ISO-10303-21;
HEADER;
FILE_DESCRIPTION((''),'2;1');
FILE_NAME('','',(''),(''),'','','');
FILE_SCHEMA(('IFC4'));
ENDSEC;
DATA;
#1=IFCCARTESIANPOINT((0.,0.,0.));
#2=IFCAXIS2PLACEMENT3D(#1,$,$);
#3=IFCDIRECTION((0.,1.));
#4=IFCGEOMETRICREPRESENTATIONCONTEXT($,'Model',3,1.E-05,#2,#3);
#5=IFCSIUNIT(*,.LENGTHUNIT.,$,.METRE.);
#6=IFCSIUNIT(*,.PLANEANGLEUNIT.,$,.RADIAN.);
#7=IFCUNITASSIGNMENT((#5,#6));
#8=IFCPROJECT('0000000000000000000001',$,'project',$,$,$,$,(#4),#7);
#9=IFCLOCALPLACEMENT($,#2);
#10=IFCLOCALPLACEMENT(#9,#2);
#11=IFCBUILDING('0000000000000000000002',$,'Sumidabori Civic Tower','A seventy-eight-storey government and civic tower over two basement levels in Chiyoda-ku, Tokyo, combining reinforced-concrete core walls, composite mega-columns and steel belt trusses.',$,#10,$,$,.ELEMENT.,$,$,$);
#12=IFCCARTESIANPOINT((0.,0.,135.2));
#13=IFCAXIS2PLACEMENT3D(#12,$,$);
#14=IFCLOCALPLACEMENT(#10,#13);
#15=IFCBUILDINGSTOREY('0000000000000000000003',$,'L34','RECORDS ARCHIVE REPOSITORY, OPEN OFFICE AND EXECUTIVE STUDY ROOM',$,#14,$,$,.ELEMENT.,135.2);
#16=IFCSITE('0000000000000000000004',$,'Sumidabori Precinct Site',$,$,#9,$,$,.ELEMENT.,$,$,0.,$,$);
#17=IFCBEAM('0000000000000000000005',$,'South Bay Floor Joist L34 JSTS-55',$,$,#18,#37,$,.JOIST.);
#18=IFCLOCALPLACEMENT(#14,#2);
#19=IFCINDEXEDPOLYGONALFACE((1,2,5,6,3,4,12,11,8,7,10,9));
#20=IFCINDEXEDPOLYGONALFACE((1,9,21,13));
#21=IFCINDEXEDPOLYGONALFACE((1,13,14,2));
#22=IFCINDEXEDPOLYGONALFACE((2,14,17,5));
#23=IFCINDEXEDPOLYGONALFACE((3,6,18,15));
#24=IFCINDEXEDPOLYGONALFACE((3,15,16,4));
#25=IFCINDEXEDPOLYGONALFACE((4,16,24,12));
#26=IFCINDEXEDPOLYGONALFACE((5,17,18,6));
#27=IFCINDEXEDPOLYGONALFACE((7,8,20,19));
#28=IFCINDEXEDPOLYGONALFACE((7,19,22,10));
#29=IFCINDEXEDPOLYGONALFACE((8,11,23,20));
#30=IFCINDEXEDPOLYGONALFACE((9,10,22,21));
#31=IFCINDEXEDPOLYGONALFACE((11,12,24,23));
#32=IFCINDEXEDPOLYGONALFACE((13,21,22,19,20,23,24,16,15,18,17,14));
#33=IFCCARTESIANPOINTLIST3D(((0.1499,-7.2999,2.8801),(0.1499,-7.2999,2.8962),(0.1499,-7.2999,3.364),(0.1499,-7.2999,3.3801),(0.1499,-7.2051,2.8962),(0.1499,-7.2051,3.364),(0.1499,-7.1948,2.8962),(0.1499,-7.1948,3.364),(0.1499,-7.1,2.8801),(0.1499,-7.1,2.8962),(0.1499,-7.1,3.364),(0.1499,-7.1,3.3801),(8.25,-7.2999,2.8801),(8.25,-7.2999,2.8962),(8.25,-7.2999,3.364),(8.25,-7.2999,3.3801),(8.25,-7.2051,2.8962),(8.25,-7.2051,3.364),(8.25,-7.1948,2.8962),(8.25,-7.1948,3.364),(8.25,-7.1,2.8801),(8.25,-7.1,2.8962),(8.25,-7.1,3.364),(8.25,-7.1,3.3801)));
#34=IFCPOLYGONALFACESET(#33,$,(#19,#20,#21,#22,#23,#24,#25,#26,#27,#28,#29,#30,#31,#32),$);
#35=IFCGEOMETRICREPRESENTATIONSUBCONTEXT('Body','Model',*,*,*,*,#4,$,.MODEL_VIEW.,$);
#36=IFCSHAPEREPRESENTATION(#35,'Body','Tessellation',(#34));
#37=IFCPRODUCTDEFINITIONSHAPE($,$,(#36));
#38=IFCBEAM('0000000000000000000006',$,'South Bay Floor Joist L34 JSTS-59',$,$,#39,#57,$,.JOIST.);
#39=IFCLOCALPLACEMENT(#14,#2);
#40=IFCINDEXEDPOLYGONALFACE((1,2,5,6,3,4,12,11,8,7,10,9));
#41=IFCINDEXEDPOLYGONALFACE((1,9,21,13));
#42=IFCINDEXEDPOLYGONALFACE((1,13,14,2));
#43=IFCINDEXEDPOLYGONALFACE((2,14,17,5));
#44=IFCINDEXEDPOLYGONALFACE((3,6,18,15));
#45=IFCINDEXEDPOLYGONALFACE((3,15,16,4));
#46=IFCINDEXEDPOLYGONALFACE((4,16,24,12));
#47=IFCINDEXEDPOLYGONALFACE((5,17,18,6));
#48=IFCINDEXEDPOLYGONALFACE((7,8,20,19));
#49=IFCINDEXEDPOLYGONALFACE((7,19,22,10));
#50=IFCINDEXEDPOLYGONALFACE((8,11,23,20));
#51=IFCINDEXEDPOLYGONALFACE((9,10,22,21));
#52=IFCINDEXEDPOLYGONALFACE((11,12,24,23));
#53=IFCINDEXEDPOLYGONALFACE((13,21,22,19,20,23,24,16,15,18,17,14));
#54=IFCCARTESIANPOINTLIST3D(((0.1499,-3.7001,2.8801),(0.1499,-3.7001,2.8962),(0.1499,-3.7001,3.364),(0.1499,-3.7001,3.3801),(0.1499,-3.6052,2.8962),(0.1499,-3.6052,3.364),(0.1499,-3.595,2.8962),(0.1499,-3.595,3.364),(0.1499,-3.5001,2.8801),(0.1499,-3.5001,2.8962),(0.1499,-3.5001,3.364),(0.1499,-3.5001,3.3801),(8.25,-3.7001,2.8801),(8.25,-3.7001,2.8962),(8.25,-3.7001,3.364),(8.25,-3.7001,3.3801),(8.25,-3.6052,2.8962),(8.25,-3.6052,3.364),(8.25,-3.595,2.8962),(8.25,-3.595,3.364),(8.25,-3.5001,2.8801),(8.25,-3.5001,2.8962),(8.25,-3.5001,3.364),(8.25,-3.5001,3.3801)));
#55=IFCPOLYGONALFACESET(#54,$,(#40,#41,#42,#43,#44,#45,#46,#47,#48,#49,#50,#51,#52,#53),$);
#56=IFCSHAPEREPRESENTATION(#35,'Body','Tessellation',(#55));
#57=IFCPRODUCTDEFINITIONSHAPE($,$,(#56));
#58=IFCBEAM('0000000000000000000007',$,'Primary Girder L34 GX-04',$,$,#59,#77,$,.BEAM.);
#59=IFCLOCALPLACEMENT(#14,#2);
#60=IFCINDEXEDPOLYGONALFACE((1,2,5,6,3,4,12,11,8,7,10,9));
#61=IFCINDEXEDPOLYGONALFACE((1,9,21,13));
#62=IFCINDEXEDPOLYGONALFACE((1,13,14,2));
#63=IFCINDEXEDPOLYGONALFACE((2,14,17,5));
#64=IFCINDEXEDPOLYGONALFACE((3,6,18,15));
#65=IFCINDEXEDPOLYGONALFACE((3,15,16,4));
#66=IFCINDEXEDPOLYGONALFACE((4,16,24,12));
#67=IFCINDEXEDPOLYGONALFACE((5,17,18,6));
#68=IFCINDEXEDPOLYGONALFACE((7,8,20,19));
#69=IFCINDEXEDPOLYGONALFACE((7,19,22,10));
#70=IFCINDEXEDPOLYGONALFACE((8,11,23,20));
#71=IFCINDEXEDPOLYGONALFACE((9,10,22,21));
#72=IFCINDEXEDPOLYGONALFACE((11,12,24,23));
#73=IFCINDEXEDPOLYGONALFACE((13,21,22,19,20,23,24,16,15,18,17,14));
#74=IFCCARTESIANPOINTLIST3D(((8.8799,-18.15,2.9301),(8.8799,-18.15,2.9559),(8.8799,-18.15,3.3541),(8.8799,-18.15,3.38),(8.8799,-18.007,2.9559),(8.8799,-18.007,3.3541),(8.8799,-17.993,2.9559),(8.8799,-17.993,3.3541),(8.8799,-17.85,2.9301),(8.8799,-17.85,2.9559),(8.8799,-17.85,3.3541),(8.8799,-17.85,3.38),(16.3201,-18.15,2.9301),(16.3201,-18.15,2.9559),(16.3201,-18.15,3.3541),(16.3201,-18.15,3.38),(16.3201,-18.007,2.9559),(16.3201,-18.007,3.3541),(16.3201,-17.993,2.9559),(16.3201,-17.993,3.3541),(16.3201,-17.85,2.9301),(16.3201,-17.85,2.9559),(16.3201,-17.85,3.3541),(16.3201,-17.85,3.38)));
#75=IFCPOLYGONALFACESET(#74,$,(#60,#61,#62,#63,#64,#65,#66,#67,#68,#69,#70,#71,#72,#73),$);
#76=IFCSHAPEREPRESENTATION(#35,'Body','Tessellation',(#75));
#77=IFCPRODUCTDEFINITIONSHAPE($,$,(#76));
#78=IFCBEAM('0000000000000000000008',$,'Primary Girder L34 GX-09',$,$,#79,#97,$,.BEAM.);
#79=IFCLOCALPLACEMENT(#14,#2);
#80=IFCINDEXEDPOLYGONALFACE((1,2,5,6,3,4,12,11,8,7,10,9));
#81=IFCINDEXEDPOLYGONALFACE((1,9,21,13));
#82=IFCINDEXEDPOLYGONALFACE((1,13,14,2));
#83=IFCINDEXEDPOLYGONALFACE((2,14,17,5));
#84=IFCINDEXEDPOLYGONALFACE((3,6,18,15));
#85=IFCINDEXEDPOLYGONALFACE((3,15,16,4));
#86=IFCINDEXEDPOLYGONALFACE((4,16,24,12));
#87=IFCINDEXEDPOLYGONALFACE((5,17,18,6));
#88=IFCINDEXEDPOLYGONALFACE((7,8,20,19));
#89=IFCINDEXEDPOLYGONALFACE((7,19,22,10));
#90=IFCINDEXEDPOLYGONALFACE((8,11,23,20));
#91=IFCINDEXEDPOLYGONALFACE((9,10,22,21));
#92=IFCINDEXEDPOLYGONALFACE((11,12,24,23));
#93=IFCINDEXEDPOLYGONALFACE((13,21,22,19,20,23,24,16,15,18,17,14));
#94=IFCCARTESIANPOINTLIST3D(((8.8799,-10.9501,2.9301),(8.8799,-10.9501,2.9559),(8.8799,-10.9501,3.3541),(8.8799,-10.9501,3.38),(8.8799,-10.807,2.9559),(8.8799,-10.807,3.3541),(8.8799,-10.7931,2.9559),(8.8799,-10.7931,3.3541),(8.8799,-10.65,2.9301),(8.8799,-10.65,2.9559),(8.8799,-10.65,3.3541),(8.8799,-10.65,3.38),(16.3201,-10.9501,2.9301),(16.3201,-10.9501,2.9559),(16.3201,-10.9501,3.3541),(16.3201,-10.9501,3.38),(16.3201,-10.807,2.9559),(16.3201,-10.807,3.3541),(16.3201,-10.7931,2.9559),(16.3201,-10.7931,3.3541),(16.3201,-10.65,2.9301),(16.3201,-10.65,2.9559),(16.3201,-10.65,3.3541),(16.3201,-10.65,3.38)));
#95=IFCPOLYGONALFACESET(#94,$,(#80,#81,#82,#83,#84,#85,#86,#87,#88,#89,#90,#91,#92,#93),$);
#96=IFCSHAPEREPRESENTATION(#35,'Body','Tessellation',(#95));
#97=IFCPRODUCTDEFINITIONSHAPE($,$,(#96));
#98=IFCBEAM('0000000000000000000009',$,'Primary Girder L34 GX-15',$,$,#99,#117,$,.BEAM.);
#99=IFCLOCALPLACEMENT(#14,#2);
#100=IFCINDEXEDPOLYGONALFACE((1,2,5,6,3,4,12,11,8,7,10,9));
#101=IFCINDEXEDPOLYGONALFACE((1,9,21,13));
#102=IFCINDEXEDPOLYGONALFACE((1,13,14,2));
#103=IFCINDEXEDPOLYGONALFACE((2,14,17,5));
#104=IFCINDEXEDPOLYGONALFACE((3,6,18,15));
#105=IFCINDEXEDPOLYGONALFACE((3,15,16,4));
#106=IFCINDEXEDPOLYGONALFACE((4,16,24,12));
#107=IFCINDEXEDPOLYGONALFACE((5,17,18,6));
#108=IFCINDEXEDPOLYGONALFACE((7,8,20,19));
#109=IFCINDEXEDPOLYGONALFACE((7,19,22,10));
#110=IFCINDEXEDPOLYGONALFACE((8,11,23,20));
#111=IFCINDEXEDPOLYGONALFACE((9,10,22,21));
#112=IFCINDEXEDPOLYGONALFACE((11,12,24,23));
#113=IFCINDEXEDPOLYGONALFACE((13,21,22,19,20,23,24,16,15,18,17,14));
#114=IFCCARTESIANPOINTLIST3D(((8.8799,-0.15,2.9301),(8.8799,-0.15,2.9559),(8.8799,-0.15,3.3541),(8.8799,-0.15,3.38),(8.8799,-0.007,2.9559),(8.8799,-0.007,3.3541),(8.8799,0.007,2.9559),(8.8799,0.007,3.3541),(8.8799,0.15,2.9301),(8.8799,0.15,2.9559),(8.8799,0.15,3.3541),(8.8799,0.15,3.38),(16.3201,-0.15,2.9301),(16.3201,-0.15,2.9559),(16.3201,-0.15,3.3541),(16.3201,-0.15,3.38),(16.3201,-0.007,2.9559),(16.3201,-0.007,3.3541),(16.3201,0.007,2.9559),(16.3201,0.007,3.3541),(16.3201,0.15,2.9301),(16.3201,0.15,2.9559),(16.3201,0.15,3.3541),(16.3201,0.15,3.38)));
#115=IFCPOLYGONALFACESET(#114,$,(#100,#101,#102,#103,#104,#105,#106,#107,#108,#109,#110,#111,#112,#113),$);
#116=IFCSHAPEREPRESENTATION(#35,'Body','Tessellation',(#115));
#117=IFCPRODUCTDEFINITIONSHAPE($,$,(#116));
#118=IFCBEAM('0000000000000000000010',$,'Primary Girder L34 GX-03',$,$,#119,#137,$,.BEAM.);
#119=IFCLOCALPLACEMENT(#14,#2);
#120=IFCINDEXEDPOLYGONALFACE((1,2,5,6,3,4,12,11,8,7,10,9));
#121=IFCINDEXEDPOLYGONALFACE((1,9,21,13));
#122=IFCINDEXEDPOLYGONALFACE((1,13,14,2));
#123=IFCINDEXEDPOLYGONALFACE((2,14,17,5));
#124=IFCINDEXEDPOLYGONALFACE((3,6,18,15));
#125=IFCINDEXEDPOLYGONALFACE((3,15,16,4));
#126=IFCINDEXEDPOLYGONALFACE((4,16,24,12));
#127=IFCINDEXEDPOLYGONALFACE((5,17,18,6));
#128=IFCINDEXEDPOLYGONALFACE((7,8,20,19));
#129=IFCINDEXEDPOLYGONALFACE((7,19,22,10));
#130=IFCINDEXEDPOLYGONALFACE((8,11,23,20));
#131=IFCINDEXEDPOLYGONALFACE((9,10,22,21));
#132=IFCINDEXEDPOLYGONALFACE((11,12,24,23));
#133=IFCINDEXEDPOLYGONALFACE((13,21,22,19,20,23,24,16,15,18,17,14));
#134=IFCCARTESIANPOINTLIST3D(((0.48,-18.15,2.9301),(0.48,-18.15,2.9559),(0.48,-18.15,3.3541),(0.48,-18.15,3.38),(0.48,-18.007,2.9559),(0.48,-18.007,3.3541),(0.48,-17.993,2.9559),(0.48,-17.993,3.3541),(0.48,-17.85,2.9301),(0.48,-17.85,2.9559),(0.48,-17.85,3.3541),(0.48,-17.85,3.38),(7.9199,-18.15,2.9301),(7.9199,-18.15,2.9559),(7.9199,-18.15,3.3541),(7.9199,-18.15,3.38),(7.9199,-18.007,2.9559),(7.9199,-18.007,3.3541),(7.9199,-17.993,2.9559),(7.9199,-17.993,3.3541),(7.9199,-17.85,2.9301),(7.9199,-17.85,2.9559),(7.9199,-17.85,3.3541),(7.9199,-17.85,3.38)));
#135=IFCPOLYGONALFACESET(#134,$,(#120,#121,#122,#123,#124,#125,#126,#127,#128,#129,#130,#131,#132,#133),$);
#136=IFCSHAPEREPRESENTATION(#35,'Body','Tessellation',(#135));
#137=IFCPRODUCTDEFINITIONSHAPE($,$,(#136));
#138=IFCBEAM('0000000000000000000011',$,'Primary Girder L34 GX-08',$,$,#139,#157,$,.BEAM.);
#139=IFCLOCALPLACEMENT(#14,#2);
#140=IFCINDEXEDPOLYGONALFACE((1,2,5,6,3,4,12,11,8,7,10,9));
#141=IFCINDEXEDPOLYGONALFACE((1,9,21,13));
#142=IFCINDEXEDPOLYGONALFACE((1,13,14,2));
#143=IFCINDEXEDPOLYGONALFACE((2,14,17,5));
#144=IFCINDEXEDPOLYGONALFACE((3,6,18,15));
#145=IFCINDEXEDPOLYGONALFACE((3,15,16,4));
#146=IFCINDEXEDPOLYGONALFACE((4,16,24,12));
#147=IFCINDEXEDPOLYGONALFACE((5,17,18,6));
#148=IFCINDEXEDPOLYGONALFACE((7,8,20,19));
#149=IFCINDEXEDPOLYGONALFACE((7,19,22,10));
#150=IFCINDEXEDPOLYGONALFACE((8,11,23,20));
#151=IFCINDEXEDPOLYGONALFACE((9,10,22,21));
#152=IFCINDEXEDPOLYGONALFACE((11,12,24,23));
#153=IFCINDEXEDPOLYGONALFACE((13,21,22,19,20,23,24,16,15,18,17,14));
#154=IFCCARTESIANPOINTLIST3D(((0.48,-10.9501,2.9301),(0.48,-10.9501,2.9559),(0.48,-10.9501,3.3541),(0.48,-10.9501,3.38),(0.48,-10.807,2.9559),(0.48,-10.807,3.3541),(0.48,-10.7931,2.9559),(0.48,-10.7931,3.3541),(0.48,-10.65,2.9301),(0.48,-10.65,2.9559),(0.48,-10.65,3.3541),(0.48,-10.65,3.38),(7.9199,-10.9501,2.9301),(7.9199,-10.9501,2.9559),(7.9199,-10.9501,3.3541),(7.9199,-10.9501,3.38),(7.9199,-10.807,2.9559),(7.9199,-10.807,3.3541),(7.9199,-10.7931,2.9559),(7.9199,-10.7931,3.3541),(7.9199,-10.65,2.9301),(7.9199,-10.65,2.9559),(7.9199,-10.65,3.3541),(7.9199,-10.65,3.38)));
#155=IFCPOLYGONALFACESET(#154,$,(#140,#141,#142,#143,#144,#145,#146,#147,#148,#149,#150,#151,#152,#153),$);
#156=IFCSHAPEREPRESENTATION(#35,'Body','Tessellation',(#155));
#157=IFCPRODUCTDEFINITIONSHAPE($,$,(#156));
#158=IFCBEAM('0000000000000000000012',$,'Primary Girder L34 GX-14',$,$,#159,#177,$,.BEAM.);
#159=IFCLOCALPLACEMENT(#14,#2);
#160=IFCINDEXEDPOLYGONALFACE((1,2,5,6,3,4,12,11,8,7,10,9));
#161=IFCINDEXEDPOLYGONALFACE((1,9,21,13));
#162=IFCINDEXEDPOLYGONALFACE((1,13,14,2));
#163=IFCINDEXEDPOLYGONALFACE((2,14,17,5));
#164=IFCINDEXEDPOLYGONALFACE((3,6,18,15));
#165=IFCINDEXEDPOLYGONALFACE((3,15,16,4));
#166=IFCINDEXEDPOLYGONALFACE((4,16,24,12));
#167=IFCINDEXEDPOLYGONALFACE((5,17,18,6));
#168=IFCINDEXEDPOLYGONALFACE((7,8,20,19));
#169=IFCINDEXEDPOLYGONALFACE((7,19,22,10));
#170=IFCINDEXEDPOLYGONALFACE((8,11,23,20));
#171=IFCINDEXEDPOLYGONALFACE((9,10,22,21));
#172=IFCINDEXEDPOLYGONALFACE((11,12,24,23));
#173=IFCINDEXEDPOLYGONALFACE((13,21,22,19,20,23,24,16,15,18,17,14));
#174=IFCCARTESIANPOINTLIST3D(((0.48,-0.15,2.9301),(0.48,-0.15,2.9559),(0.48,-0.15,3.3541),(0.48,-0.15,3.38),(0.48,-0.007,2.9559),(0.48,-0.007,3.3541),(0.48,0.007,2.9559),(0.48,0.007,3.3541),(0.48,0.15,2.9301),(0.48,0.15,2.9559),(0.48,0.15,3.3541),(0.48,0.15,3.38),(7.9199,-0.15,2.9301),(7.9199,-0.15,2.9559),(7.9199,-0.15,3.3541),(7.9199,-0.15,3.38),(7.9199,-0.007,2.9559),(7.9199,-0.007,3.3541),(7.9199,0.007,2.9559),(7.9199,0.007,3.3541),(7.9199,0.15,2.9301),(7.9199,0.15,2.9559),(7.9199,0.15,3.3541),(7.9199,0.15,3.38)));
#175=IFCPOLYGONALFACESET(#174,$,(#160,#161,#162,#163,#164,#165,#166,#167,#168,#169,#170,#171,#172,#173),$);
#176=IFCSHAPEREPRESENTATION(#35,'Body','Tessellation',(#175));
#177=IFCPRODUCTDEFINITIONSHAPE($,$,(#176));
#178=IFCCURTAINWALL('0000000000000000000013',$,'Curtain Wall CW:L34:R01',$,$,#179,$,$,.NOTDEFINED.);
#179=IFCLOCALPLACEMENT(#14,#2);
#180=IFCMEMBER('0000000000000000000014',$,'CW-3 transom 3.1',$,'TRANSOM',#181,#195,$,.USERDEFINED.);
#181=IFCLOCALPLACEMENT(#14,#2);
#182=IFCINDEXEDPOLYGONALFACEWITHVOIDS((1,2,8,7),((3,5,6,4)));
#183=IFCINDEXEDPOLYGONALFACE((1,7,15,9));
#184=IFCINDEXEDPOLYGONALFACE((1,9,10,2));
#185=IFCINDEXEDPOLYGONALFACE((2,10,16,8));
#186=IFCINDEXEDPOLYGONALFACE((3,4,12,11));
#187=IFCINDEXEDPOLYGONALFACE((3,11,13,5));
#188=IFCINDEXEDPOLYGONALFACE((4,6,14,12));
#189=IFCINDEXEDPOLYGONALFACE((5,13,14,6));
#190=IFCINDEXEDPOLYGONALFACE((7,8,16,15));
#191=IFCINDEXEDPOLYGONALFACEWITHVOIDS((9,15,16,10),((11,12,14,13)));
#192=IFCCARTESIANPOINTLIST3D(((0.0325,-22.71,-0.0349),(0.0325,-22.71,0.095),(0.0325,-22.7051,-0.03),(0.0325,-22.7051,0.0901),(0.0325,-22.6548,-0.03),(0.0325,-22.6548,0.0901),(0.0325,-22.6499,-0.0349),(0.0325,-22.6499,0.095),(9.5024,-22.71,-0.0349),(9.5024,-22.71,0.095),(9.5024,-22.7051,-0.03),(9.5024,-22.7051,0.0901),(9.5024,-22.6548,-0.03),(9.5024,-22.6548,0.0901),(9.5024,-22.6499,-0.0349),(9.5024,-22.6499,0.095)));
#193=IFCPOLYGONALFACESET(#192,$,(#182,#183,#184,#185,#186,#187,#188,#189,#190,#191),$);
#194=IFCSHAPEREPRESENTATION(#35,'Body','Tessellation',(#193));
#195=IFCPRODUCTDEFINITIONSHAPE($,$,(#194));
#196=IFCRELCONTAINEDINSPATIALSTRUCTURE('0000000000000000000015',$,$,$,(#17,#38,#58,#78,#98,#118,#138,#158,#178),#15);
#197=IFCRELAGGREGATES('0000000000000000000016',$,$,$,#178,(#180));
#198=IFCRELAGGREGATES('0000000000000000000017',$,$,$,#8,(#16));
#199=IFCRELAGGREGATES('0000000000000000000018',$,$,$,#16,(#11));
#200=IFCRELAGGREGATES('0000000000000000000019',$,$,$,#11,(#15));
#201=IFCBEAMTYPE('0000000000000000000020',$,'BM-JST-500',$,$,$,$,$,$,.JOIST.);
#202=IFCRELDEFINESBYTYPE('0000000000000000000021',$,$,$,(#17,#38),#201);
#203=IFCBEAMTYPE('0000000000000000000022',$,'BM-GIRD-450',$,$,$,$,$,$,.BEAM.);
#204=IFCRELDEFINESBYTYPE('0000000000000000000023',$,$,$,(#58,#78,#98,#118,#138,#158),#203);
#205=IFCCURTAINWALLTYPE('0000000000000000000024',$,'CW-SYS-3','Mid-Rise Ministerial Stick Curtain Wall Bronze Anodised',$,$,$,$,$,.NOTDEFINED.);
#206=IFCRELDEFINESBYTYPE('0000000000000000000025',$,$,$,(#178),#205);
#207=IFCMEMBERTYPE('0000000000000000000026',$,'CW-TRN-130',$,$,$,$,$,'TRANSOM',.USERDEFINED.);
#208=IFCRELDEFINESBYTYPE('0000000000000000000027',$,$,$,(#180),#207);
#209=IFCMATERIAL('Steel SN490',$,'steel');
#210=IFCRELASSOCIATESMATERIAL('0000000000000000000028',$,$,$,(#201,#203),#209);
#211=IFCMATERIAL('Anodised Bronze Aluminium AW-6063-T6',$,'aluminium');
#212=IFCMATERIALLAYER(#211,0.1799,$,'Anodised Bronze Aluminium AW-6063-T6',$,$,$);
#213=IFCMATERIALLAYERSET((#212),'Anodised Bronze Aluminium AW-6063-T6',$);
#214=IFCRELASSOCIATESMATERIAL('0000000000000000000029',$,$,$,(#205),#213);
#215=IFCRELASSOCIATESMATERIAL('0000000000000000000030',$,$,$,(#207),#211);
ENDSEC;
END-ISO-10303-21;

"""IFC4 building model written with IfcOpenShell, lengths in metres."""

from ifc_helpers import new_model, si_unit, direction, frame, origin, origin_2d, place, context, subcontext, project, spatial, hollow_rectangle, i_section, extrude, source, transform, mapped, material, layer, layer_set, material_profile, profile_set, type_object, element, aggregate, save


model = new_model("IFC4")

# Units and contexts
model_context = context("Model", 3, precision=1e-05, world=origin(), true_north=direction((0.0, 1.0)))
body_context = subcontext(model_context, "Body", "Model", "MODEL_VIEW")
ifc_project = project(units=[si_unit("LENGTHUNIT", "METRE"), si_unit("PLANEANGLEUNIT", "RADIAN")], contexts=[model_context])

# Site, building, storey
site_placement = place(None, origin())
site = spatial("IfcSite", under=ifc_project, at=site_placement, Name="Sumidabori Precinct Site", CompositionType="ELEMENT", RefElevation=0.0)
building_placement = place(site_placement, origin())
building = spatial("IfcBuilding", under=site, at=building_placement, Name="Sumidabori Civic Tower", Description="A seventy-eight-storey government and civic tower over two basement levels in Chiyoda-ku, Tokyo, combining reinforced-concrete core walls, composite mega-columns and steel belt trusses.", CompositionType="ELEMENT")
storey_placement = place(building_placement, frame((0.0, 0.0, 135.2)))
storey = spatial("IfcBuildingStorey", under=building, at=storey_placement, Name="L34", Description="RECORDS ARCHIVE REPOSITORY, OPEN OFFICE AND EXECUTIVE STUDY ROOM", CompositionType="ELEMENT", Elevation=135.2)

# Beams
ifc_material_1 = material(Name="Steel SN490", Category="steel")
ifc_material_profile_1 = material_profile(ifc_material_1, i_section(OverallWidth=0.2, OverallDepth=0.5, WebThickness=0.0103, FlangeThickness=0.0161, at=origin_2d()), Name="IPE 500")
ifc_profile_set_1 = profile_set([ifc_material_profile_1], Name="Steel SN490")
beam_type_1 = type_object("IfcBeamType", Name="BM-JST-500", PredefinedType="JOIST", material=ifc_profile_set_1)
shared_shape_1 = source(origin(), body_context, "Body", "SweptSolid", [
    extrude(i_section(OverallWidth=0.2, OverallDepth=0.5, WebThickness=0.0103, FlangeThickness=0.0161, at=origin_2d()), origin(), (0.0, 0.0, 1.0), 8.1001),
])
for number, where, z_axis, x_axis, name in (
    (1, (0.1499, -7.2, 3.1301), (1.0, 0.0, 0.0), (0.0, 1.0, 0.0), "South Bay Floor Joist L34 JSTS-55"),
    (2, (0.1499, -3.6001, 3.1301), (1.0, 0.0, 0.0), (0.0, 1.0, 0.0), "South Bay Floor Joist L34 JSTS-59"),
):
    element("IfcBeam", number, at=place(storey_placement, frame(where, z_axis=z_axis, x_axis=x_axis)), inside=storey, type_object=beam_type_1, Name=name, PredefinedType="JOIST", context=body_context, shape_type="MappedRepresentation", body=[
        mapped(shared_shape_1, transform((0.0, 0.0, 0.0), x_axis=(1.0, 0.0, 0.0), y_axis=(0.0, 1.0, 0.0), z_axis=(0.0, 0.0, 1.0), scale=1.0)),
    ])
ifc_material_profile_2 = material_profile(ifc_material_1, i_section(OverallWidth=0.3, OverallDepth=0.45, WebThickness=0.0139, FlangeThickness=0.0259, at=origin_2d()), Name="HE 450 B")
ifc_profile_set_2 = profile_set([ifc_material_profile_2], Name="Steel SN490")
beam_type_2 = type_object("IfcBeamType", Name="BM-GIRD-450", PredefinedType="BEAM", material=ifc_profile_set_2)
shared_shape_2 = source(origin(), body_context, "Body", "SweptSolid", [
    extrude(i_section(OverallWidth=0.3, OverallDepth=0.45, WebThickness=0.0139, FlangeThickness=0.0259, at=origin_2d()), origin(), (0.0, 0.0, 1.0), 7.4402),
])
for number, where, z_axis, x_axis, name in (
    (3, (8.8799, -18.0, 3.155), (1.0, 0.0, 0.0), (0.0, 1.0, 0.0), "Primary Girder L34 GX-04"),
    (4, (8.8799, -10.8, 3.155), (1.0, 0.0, 0.0), (0.0, 1.0, 0.0), "Primary Girder L34 GX-09"),
    (5, (8.8799, 0.0, 3.155), (1.0, 0.0, 0.0), (0.0, 1.0, 0.0), "Primary Girder L34 GX-15"),
):
    element("IfcBeam", number, at=place(storey_placement, frame(where, z_axis=z_axis, x_axis=x_axis)), inside=storey, type_object=beam_type_2, Name=name, PredefinedType="BEAM", context=body_context, shape_type="MappedRepresentation", body=[
        mapped(shared_shape_2, transform((0.0, 0.0, 0.0), x_axis=(1.0, 0.0, 0.0), y_axis=(0.0, 1.0, 0.0), z_axis=(0.0, 0.0, 1.0), scale=1.0)),
    ])
shared_shape_3 = source(origin(), body_context, "Body", "SweptSolid", [
    extrude(i_section(OverallWidth=0.3, OverallDepth=0.45, WebThickness=0.0139, FlangeThickness=0.0259, at=origin_2d()), origin(), (0.0, 0.0, 1.0), 7.4399),
])
for number, where, z_axis, x_axis, name in (
    (6, (0.48, -18.0, 3.155), (1.0, 0.0, 0.0), (0.0, 1.0, 0.0), "Primary Girder L34 GX-03"),
    (7, (0.48, -10.8, 3.155), (1.0, 0.0, 0.0), (0.0, 1.0, 0.0), "Primary Girder L34 GX-08"),
    (8, (0.48, 0.0, 3.155), (1.0, 0.0, 0.0), (0.0, 1.0, 0.0), "Primary Girder L34 GX-14"),
):
    element("IfcBeam", number, at=place(storey_placement, frame(where, z_axis=z_axis, x_axis=x_axis)), inside=storey, type_object=beam_type_2, Name=name, PredefinedType="BEAM", context=body_context, shape_type="MappedRepresentation", body=[
        mapped(shared_shape_3, transform((0.0, 0.0, 0.0), x_axis=(1.0, 0.0, 0.0), y_axis=(0.0, 1.0, 0.0), z_axis=(0.0, 0.0, 1.0), scale=1.0)),
    ])

# Curtain wall, member
ifc_material_2 = material(Name="Anodised Bronze Aluminium AW-6063-T6", Category="aluminium")
ifc_layer_1 = layer(ifc_material_2, 0.1799, Name="Anodised Bronze Aluminium AW-6063-T6")
ifc_layer_set_1 = layer_set([ifc_layer_1], Name="Anodised Bronze Aluminium AW-6063-T6")
curtain_wall_type = type_object("IfcCurtainWallType", Name="CW-SYS-3", Description="Mid-Rise Ministerial Stick Curtain Wall Bronze Anodised", PredefinedType="NOTDEFINED", material=ifc_layer_set_1)
curtain_wall_placement = place(storey_placement, origin())
curtain_wall = element("IfcCurtainWall", 9, at=curtain_wall_placement, inside=storey, type_object=curtain_wall_type, Name="Curtain Wall CW:L34:R01", PredefinedType="NOTDEFINED")
ifc_material_profile_3 = material_profile(ifc_material_2, hollow_rectangle(XDim=0.0601, YDim=0.1299, WallThickness=0.0049, at=origin_2d()), Name="ALU TRANSOM 130x60")
ifc_profile_set_3 = profile_set([ifc_material_profile_3], Name="Anodised Bronze Aluminium AW-6063-T6")
member_type = type_object("IfcMemberType", Name="CW-TRN-130", ElementType="TRANSOM", PredefinedType="USERDEFINED", material=ifc_profile_set_3)
shared_shape_4 = source(origin(), body_context, "Body", "SweptSolid", [
    extrude(hollow_rectangle(XDim=0.0601, YDim=0.1299, WallThickness=0.0049, at=origin_2d()), origin(), (0.0, 0.0, 1.0), 9.47),
])
member_1_placement = place(storey_placement, frame((0.0325, -22.6799, 0.03), z_axis=(1.0, 0.0, 0.0), x_axis=(0.0, 1.0, 0.0)))
member_1 = element("IfcMember", 10, at=member_1_placement, type_object=member_type, Name="CW-3 transom 3.1", ObjectType="TRANSOM", PredefinedType="USERDEFINED", context=body_context, shape_type="MappedRepresentation", body=[
    mapped(shared_shape_4, transform((0.0, 0.0, 0.0), x_axis=(1.0, 0.0, 0.0), y_axis=(0.0, 1.0, 0.0), z_axis=(0.0, 0.0, 1.0), scale=1.0)),
])

aggregate(curtain_wall, [member_1])

save(model, "model.ifc")
